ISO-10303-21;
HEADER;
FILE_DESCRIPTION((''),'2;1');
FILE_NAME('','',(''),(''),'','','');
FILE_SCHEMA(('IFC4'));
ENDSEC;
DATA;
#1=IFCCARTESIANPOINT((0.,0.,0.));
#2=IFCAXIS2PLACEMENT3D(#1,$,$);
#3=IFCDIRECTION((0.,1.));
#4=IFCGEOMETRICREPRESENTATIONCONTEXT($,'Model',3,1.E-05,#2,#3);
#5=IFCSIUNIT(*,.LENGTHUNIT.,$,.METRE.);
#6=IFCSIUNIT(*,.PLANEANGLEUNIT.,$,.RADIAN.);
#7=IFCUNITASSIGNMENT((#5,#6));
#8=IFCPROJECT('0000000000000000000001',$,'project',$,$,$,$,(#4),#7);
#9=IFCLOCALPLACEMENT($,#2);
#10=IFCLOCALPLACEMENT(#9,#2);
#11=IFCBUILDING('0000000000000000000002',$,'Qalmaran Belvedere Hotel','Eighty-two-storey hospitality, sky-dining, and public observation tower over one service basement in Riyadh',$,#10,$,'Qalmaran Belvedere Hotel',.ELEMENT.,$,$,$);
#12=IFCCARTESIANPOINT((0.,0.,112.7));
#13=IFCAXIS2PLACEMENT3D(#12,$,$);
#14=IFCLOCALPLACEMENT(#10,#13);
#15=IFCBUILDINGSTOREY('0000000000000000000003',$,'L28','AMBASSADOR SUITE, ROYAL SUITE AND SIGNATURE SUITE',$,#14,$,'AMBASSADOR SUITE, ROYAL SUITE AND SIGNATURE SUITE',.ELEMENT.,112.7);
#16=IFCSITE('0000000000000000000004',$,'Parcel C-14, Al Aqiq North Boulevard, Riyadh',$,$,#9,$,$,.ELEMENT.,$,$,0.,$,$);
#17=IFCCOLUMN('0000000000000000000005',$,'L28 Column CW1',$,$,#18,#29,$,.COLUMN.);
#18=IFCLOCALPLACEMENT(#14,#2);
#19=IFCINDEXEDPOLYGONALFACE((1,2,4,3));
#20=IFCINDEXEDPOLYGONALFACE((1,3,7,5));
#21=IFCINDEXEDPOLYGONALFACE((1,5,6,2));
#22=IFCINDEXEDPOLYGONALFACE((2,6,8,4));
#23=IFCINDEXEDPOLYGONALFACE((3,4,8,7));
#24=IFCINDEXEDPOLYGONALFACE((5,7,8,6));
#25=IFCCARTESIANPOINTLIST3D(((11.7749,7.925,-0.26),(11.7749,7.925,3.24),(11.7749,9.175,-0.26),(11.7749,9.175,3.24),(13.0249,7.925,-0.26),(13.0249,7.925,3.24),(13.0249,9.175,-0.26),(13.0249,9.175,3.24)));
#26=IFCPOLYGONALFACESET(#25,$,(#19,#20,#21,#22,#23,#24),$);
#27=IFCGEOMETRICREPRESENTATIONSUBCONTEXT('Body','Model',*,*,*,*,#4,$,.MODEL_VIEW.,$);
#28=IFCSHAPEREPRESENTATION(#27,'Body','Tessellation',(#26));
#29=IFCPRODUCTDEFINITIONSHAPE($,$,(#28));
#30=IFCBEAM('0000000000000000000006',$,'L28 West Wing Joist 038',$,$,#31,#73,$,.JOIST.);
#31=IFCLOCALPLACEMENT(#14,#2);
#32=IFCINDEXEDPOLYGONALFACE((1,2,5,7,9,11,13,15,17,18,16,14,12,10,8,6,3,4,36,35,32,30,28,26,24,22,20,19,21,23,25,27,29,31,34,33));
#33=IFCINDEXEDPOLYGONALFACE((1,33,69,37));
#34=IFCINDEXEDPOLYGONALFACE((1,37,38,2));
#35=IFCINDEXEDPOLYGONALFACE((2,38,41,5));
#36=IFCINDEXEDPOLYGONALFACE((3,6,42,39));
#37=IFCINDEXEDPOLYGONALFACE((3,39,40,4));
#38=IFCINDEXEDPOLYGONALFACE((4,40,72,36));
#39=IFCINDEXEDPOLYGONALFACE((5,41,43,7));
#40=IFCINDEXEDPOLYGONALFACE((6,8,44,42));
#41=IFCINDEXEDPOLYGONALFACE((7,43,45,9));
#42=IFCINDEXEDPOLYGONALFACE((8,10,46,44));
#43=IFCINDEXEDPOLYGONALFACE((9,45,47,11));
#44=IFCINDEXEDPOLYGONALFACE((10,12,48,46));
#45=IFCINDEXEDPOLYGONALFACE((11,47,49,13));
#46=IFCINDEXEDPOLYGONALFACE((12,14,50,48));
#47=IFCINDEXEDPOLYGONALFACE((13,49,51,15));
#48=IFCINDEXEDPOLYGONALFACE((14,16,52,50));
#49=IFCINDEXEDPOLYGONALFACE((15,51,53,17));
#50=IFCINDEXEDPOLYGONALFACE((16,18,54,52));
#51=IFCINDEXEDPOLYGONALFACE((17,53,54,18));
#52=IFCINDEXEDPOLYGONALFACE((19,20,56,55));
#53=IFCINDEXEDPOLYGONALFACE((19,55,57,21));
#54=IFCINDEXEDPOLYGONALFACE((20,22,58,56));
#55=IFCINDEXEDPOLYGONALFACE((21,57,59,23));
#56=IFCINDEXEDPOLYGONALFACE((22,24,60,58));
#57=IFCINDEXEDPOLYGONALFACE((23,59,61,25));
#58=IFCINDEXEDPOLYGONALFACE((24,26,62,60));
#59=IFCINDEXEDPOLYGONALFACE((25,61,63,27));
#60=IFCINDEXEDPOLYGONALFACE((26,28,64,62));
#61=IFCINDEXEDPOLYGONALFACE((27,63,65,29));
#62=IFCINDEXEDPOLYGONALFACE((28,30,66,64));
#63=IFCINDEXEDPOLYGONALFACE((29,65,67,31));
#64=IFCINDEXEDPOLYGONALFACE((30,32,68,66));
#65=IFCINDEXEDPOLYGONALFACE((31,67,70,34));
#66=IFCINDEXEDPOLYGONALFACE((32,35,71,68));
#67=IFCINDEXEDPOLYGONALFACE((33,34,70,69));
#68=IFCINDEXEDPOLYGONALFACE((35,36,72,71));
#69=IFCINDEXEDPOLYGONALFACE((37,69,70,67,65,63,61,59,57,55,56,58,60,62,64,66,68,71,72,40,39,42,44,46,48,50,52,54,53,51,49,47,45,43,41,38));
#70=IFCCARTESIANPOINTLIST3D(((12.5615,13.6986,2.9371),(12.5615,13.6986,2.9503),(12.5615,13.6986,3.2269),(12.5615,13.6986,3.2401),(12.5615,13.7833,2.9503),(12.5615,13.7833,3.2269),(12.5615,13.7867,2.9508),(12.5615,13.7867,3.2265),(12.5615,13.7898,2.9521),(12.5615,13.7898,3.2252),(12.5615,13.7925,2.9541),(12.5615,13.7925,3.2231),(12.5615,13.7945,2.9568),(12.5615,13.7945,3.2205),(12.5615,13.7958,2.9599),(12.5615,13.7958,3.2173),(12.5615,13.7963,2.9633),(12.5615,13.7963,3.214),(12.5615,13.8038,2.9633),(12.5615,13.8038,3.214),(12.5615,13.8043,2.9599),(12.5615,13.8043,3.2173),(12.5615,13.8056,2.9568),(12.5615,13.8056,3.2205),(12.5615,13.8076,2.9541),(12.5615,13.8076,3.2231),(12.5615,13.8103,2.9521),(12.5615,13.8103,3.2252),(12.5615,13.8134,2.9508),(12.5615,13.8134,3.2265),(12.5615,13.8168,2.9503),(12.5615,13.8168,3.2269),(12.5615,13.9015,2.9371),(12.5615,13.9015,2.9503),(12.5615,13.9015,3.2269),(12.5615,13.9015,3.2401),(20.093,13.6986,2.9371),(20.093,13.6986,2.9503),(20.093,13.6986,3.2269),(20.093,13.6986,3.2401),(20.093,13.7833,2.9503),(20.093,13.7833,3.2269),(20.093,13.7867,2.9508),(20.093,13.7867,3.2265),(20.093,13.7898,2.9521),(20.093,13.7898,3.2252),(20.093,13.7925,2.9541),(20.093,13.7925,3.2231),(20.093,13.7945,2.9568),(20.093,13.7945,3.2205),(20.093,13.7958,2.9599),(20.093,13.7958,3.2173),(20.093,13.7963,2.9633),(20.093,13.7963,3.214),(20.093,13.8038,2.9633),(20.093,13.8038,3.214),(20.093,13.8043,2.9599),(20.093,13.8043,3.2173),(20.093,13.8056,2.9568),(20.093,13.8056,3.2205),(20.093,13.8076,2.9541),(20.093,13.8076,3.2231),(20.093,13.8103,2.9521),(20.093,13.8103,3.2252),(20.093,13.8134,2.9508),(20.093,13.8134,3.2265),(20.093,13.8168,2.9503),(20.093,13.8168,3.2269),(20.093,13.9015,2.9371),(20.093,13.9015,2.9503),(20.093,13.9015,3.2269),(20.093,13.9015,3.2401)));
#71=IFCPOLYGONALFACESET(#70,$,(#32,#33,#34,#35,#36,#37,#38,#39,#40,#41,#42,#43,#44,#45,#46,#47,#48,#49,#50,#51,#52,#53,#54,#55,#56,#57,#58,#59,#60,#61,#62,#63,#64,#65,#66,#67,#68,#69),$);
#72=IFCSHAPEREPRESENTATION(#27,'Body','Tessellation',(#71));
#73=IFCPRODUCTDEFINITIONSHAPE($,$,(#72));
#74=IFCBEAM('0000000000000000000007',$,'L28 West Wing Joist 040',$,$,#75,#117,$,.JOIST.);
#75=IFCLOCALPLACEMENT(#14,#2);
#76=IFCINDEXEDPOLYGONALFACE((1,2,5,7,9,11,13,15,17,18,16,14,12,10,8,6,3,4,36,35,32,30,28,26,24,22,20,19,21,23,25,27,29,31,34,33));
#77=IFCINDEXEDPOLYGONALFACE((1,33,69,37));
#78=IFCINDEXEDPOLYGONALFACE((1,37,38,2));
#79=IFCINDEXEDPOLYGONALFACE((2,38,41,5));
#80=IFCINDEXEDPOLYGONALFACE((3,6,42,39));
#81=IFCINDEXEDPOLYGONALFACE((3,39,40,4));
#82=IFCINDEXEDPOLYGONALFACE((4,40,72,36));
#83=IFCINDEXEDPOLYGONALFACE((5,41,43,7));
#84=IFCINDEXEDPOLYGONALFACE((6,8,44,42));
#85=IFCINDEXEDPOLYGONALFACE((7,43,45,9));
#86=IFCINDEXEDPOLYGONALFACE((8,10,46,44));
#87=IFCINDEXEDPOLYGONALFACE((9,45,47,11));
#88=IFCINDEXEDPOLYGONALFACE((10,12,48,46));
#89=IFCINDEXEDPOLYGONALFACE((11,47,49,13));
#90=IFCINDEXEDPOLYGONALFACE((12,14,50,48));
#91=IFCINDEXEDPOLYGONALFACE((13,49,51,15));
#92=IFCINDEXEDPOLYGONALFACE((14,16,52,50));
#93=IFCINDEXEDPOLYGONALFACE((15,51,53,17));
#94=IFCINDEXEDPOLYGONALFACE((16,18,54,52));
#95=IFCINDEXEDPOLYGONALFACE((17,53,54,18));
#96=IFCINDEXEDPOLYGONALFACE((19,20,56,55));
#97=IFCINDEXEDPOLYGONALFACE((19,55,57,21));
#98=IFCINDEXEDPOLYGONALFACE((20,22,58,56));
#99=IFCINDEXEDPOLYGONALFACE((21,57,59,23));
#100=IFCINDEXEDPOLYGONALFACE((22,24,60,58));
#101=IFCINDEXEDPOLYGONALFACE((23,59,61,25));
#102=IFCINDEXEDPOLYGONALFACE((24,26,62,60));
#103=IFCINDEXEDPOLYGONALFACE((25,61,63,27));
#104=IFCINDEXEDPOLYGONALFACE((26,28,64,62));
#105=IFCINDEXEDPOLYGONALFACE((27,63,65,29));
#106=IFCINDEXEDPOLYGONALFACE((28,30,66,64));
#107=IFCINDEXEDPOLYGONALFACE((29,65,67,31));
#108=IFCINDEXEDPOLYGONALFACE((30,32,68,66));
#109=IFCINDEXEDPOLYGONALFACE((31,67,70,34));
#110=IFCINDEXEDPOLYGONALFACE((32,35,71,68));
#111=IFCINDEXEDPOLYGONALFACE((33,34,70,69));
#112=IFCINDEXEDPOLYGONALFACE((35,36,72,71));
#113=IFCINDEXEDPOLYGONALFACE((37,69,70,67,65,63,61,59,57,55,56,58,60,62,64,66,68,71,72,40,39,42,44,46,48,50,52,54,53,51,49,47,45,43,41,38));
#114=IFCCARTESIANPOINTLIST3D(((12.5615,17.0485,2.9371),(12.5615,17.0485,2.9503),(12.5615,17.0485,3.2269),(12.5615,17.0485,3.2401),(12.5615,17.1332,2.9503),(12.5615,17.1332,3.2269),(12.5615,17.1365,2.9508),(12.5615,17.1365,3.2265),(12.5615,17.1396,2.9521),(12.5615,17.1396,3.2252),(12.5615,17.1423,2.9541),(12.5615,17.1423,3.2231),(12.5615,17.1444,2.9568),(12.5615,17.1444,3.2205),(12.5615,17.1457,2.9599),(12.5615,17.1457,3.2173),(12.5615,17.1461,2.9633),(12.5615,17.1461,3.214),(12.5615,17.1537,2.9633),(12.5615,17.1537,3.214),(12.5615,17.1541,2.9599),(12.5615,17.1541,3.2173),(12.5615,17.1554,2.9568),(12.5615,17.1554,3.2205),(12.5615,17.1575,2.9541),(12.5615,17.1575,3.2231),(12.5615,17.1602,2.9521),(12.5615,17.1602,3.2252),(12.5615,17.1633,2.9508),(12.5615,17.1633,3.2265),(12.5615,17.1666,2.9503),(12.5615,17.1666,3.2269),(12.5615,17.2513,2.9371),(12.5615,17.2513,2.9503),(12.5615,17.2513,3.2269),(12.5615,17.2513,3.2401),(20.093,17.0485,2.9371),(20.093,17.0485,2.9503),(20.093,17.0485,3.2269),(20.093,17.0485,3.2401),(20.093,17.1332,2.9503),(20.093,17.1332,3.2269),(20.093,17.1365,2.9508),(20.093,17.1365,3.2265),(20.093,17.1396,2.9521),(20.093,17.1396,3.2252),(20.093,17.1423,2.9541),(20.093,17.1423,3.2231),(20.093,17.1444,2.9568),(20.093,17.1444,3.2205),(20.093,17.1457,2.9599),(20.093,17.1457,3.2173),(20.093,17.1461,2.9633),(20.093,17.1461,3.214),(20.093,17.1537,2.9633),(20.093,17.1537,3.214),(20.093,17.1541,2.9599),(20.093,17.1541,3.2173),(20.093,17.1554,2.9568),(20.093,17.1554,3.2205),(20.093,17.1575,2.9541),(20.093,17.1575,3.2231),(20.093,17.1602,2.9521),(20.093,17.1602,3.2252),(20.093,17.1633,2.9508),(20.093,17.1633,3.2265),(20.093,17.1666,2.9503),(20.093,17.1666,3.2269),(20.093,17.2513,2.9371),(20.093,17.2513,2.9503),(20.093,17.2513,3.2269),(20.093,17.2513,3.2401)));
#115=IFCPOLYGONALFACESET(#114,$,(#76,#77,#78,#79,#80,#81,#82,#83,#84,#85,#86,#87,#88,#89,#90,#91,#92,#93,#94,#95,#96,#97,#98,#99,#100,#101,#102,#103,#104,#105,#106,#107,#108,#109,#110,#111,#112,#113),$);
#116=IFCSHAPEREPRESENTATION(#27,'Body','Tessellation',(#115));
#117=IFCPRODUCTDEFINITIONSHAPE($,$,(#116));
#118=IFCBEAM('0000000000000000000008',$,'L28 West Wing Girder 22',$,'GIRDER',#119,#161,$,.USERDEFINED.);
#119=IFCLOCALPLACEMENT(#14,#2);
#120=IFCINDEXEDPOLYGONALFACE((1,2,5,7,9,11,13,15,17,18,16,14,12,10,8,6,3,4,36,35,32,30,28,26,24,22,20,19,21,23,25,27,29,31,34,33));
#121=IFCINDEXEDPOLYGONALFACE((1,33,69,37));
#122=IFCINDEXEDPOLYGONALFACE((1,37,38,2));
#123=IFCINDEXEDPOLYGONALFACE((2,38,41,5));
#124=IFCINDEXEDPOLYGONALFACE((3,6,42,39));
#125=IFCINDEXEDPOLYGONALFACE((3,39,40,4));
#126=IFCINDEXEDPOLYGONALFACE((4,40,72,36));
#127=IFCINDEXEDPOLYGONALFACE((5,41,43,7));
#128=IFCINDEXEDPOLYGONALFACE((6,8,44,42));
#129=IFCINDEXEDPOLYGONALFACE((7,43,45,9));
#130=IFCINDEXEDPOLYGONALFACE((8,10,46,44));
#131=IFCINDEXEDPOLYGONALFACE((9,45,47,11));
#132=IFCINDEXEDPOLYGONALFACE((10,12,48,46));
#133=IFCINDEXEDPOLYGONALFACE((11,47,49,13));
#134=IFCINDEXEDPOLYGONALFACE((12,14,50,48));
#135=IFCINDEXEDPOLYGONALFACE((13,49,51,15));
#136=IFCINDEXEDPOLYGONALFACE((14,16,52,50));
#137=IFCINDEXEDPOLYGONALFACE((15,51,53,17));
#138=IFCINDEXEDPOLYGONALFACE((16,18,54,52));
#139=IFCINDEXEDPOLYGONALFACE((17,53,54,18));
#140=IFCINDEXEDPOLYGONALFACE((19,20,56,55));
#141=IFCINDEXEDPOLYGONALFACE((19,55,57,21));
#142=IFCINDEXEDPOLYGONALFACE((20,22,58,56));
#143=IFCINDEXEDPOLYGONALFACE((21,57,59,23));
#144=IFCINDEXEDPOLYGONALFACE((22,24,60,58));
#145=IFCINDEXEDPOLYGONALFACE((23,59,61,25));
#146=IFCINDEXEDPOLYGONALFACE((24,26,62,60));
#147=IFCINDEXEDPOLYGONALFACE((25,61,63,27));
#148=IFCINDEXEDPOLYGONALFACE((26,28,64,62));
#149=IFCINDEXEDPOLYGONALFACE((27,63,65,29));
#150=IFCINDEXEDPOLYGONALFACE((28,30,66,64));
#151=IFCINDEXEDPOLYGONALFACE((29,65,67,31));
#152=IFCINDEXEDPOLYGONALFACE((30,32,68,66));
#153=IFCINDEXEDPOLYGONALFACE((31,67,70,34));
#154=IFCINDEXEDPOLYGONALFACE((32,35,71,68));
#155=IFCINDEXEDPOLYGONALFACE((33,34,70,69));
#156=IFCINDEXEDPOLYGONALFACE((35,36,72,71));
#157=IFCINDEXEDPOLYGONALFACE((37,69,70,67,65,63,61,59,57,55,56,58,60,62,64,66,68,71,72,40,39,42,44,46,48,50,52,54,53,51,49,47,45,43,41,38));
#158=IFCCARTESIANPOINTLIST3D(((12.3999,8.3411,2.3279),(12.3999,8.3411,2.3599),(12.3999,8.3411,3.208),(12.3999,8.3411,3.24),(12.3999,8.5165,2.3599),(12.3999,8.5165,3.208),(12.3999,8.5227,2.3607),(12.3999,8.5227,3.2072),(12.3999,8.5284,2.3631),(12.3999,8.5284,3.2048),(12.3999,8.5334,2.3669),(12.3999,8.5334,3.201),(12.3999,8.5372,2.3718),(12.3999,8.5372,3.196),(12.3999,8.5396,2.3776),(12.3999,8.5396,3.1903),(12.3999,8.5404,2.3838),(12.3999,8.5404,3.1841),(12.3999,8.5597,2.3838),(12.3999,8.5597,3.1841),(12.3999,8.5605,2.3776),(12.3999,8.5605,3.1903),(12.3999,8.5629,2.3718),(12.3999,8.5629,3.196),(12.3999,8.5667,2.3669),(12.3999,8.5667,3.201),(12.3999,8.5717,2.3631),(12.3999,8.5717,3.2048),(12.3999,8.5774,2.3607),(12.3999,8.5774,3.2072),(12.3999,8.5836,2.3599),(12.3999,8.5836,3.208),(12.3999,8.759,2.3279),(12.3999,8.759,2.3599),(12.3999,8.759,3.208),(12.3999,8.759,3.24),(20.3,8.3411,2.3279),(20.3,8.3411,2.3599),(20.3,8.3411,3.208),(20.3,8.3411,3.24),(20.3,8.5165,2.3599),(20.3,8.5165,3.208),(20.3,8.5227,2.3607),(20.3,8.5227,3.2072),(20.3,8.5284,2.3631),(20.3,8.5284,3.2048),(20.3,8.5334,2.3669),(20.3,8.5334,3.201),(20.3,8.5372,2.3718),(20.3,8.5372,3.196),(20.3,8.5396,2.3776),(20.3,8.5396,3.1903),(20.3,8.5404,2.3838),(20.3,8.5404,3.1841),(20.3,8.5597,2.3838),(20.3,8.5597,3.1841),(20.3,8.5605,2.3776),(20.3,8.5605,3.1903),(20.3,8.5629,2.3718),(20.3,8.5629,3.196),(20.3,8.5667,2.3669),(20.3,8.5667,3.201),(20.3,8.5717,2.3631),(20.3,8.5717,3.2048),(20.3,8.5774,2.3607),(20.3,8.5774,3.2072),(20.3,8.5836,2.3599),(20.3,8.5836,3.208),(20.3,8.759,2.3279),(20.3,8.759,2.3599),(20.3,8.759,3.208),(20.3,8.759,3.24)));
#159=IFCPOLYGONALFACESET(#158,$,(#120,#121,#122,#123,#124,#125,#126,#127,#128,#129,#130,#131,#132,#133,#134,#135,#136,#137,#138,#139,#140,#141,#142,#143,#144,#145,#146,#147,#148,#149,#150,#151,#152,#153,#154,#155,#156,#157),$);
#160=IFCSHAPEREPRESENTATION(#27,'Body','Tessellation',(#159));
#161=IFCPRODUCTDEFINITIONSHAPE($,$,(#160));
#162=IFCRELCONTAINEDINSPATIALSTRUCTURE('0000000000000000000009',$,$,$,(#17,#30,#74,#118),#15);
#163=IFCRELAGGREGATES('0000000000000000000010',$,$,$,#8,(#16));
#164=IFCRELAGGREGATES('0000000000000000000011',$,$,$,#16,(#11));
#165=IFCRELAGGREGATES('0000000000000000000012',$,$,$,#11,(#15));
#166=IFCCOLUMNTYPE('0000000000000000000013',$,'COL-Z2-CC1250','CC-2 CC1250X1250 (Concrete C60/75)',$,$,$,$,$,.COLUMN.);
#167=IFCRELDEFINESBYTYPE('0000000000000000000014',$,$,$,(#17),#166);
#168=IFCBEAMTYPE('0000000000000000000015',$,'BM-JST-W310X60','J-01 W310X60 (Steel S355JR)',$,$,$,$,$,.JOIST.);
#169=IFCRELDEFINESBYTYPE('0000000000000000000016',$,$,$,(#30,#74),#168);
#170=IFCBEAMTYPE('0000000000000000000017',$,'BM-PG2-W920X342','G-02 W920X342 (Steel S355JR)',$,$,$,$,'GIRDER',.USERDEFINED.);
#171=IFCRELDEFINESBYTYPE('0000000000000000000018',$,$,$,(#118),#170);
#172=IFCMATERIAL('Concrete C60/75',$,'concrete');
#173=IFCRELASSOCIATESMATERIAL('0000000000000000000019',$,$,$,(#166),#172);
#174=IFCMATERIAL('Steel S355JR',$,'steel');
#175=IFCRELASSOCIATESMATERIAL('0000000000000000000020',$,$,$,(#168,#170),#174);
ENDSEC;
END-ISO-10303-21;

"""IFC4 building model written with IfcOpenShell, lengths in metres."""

from ifc_helpers import new_model, si_unit, direction, frame, origin, origin_2d, place, context, subcontext, project, spatial, rectangle, i_section, extrude, material, material_profile, profile_set, type_object, element, save


model = new_model("IFC4")

# Units and contexts
model_context = context("Model", 3, precision=1e-05, world=origin(), true_north=direction((0.0, 1.0)))
body_context = subcontext(model_context, "Body", "Model", "MODEL_VIEW")
ifc_project = project(units=[si_unit("LENGTHUNIT", "METRE"), si_unit("PLANEANGLEUNIT", "RADIAN")], contexts=[model_context])

# Site, building, storey
site_placement = place(None, origin())
site = spatial("IfcSite", under=ifc_project, at=site_placement, Name="Parcel C-14, Al Aqiq North Boulevard, Riyadh", CompositionType="ELEMENT", RefElevation=0.0)
building_placement = place(site_placement, origin())
building = spatial("IfcBuilding", under=site, at=building_placement, Name="Qalmaran Belvedere Hotel", Description="Eighty-two-storey hospitality, sky-dining, and public observation tower over one service basement in Riyadh", LongName="Qalmaran Belvedere Hotel", CompositionType="ELEMENT")
storey_placement = place(building_placement, frame((0.0, 0.0, 112.7)))
storey = spatial("IfcBuildingStorey", under=building, at=storey_placement, Name="L28", Description="AMBASSADOR SUITE, ROYAL SUITE AND SIGNATURE SUITE", LongName="AMBASSADOR SUITE, ROYAL SUITE AND SIGNATURE SUITE", CompositionType="ELEMENT", Elevation=112.7)

# Column
ifc_material_1 = material(Name="Concrete C60/75", Category="concrete")
ifc_material_profile_1 = material_profile(ifc_material_1, rectangle(XDim=1.25, YDim=1.25, at=origin_2d()), Name="CC1250X1250")
ifc_profile_set_1 = profile_set([ifc_material_profile_1], Name="Concrete C60/75")
column_type = type_object("IfcColumnType", Name="COL-Z2-CC1250", Description="CC-2 CC1250X1250 (Concrete C60/75)", PredefinedType="COLUMN", material=ifc_profile_set_1)
column_placement = place(storey_placement, frame((12.3999, 8.55, -0.26), z_axis=(0.0, 0.0, 1.0), x_axis=(1.0, 0.0, 0.0)))
element("IfcColumn", 1, at=column_placement, inside=storey, type_object=column_type, Name="L28 Column CW1", PredefinedType="COLUMN", context=body_context, shape_type="SweptSolid", body=[
    extrude(rectangle(XDim=1.25, YDim=1.25, at=origin_2d()), origin(), (0.0, 0.0, 1.0), 3.5),
])

# Beams
ifc_material_2 = material(Name="Steel S355JR", Category="steel")
ifc_material_profile_2 = material_profile(ifc_material_2, i_section(OverallWidth=0.2029, OverallDepth=0.303, WebThickness=0.0076, FlangeThickness=0.0132, FilletRadius=0.0129, at=origin_2d()), Name="W310X60")
ifc_profile_set_2 = profile_set([ifc_material_profile_2], Name="Steel S355JR")
beam_type_1 = type_object("IfcBeamType", Name="BM-JST-W310X60", Description="J-01 W310X60 (Steel S355JR)", PredefinedType="JOIST", material=ifc_profile_set_2)
for number, where, z_axis, x_axis, name in (
    (2, (12.5615, 13.8, 3.0886), (1.0, 0.0, 0.0), (0.0, 1.0, 0.0), "L28 West Wing Joist 038"),
    (3, (12.5615, 17.1499, 3.0886), (1.0, 0.0, 0.0), (0.0, 1.0, 0.0), "L28 West Wing Joist 040"),
):
    element("IfcBeam", number, at=place(storey_placement, frame(where, z_axis=z_axis, x_axis=x_axis)), inside=storey, type_object=beam_type_1, Name=name, PredefinedType="JOIST", context=body_context, shape_type="SweptSolid", body=[
        extrude(i_section(OverallWidth=0.2029, OverallDepth=0.303, WebThickness=0.0076, FlangeThickness=0.0132, FilletRadius=0.0129, at=origin_2d()), origin(), (0.0, 0.0, 1.0), 7.5315),
    ])
ifc_material_profile_3 = material_profile(ifc_material_2, i_section(OverallWidth=0.418, OverallDepth=0.9121, WebThickness=0.0193, FlangeThickness=0.032, FilletRadius=0.0239, at=origin_2d()), Name="W920X342")
ifc_profile_set_3 = profile_set([ifc_material_profile_3], Name="Steel S355JR")
beam_type_2 = type_object("IfcBeamType", Name="BM-PG2-W920X342", Description="G-02 W920X342 (Steel S355JR)", ElementType="GIRDER", PredefinedType="USERDEFINED", material=ifc_profile_set_3)
beam_1_placement = place(storey_placement, frame((12.3999, 8.55, 2.7839), z_axis=(1.0, 0.0, 0.0), x_axis=(0.0, 1.0, 0.0)))
element("IfcBeam", 4, at=beam_1_placement, inside=storey, type_object=beam_type_2, Name="L28 West Wing Girder 22", ObjectType="GIRDER", PredefinedType="USERDEFINED", context=body_context, shape_type="SweptSolid", body=[
    extrude(i_section(OverallWidth=0.418, OverallDepth=0.9121, WebThickness=0.0193, FlangeThickness=0.032, FilletRadius=0.0239, at=origin_2d()), origin(), (0.0, 0.0, 1.0), 7.9001),
])

save(model, "model.ifc")
